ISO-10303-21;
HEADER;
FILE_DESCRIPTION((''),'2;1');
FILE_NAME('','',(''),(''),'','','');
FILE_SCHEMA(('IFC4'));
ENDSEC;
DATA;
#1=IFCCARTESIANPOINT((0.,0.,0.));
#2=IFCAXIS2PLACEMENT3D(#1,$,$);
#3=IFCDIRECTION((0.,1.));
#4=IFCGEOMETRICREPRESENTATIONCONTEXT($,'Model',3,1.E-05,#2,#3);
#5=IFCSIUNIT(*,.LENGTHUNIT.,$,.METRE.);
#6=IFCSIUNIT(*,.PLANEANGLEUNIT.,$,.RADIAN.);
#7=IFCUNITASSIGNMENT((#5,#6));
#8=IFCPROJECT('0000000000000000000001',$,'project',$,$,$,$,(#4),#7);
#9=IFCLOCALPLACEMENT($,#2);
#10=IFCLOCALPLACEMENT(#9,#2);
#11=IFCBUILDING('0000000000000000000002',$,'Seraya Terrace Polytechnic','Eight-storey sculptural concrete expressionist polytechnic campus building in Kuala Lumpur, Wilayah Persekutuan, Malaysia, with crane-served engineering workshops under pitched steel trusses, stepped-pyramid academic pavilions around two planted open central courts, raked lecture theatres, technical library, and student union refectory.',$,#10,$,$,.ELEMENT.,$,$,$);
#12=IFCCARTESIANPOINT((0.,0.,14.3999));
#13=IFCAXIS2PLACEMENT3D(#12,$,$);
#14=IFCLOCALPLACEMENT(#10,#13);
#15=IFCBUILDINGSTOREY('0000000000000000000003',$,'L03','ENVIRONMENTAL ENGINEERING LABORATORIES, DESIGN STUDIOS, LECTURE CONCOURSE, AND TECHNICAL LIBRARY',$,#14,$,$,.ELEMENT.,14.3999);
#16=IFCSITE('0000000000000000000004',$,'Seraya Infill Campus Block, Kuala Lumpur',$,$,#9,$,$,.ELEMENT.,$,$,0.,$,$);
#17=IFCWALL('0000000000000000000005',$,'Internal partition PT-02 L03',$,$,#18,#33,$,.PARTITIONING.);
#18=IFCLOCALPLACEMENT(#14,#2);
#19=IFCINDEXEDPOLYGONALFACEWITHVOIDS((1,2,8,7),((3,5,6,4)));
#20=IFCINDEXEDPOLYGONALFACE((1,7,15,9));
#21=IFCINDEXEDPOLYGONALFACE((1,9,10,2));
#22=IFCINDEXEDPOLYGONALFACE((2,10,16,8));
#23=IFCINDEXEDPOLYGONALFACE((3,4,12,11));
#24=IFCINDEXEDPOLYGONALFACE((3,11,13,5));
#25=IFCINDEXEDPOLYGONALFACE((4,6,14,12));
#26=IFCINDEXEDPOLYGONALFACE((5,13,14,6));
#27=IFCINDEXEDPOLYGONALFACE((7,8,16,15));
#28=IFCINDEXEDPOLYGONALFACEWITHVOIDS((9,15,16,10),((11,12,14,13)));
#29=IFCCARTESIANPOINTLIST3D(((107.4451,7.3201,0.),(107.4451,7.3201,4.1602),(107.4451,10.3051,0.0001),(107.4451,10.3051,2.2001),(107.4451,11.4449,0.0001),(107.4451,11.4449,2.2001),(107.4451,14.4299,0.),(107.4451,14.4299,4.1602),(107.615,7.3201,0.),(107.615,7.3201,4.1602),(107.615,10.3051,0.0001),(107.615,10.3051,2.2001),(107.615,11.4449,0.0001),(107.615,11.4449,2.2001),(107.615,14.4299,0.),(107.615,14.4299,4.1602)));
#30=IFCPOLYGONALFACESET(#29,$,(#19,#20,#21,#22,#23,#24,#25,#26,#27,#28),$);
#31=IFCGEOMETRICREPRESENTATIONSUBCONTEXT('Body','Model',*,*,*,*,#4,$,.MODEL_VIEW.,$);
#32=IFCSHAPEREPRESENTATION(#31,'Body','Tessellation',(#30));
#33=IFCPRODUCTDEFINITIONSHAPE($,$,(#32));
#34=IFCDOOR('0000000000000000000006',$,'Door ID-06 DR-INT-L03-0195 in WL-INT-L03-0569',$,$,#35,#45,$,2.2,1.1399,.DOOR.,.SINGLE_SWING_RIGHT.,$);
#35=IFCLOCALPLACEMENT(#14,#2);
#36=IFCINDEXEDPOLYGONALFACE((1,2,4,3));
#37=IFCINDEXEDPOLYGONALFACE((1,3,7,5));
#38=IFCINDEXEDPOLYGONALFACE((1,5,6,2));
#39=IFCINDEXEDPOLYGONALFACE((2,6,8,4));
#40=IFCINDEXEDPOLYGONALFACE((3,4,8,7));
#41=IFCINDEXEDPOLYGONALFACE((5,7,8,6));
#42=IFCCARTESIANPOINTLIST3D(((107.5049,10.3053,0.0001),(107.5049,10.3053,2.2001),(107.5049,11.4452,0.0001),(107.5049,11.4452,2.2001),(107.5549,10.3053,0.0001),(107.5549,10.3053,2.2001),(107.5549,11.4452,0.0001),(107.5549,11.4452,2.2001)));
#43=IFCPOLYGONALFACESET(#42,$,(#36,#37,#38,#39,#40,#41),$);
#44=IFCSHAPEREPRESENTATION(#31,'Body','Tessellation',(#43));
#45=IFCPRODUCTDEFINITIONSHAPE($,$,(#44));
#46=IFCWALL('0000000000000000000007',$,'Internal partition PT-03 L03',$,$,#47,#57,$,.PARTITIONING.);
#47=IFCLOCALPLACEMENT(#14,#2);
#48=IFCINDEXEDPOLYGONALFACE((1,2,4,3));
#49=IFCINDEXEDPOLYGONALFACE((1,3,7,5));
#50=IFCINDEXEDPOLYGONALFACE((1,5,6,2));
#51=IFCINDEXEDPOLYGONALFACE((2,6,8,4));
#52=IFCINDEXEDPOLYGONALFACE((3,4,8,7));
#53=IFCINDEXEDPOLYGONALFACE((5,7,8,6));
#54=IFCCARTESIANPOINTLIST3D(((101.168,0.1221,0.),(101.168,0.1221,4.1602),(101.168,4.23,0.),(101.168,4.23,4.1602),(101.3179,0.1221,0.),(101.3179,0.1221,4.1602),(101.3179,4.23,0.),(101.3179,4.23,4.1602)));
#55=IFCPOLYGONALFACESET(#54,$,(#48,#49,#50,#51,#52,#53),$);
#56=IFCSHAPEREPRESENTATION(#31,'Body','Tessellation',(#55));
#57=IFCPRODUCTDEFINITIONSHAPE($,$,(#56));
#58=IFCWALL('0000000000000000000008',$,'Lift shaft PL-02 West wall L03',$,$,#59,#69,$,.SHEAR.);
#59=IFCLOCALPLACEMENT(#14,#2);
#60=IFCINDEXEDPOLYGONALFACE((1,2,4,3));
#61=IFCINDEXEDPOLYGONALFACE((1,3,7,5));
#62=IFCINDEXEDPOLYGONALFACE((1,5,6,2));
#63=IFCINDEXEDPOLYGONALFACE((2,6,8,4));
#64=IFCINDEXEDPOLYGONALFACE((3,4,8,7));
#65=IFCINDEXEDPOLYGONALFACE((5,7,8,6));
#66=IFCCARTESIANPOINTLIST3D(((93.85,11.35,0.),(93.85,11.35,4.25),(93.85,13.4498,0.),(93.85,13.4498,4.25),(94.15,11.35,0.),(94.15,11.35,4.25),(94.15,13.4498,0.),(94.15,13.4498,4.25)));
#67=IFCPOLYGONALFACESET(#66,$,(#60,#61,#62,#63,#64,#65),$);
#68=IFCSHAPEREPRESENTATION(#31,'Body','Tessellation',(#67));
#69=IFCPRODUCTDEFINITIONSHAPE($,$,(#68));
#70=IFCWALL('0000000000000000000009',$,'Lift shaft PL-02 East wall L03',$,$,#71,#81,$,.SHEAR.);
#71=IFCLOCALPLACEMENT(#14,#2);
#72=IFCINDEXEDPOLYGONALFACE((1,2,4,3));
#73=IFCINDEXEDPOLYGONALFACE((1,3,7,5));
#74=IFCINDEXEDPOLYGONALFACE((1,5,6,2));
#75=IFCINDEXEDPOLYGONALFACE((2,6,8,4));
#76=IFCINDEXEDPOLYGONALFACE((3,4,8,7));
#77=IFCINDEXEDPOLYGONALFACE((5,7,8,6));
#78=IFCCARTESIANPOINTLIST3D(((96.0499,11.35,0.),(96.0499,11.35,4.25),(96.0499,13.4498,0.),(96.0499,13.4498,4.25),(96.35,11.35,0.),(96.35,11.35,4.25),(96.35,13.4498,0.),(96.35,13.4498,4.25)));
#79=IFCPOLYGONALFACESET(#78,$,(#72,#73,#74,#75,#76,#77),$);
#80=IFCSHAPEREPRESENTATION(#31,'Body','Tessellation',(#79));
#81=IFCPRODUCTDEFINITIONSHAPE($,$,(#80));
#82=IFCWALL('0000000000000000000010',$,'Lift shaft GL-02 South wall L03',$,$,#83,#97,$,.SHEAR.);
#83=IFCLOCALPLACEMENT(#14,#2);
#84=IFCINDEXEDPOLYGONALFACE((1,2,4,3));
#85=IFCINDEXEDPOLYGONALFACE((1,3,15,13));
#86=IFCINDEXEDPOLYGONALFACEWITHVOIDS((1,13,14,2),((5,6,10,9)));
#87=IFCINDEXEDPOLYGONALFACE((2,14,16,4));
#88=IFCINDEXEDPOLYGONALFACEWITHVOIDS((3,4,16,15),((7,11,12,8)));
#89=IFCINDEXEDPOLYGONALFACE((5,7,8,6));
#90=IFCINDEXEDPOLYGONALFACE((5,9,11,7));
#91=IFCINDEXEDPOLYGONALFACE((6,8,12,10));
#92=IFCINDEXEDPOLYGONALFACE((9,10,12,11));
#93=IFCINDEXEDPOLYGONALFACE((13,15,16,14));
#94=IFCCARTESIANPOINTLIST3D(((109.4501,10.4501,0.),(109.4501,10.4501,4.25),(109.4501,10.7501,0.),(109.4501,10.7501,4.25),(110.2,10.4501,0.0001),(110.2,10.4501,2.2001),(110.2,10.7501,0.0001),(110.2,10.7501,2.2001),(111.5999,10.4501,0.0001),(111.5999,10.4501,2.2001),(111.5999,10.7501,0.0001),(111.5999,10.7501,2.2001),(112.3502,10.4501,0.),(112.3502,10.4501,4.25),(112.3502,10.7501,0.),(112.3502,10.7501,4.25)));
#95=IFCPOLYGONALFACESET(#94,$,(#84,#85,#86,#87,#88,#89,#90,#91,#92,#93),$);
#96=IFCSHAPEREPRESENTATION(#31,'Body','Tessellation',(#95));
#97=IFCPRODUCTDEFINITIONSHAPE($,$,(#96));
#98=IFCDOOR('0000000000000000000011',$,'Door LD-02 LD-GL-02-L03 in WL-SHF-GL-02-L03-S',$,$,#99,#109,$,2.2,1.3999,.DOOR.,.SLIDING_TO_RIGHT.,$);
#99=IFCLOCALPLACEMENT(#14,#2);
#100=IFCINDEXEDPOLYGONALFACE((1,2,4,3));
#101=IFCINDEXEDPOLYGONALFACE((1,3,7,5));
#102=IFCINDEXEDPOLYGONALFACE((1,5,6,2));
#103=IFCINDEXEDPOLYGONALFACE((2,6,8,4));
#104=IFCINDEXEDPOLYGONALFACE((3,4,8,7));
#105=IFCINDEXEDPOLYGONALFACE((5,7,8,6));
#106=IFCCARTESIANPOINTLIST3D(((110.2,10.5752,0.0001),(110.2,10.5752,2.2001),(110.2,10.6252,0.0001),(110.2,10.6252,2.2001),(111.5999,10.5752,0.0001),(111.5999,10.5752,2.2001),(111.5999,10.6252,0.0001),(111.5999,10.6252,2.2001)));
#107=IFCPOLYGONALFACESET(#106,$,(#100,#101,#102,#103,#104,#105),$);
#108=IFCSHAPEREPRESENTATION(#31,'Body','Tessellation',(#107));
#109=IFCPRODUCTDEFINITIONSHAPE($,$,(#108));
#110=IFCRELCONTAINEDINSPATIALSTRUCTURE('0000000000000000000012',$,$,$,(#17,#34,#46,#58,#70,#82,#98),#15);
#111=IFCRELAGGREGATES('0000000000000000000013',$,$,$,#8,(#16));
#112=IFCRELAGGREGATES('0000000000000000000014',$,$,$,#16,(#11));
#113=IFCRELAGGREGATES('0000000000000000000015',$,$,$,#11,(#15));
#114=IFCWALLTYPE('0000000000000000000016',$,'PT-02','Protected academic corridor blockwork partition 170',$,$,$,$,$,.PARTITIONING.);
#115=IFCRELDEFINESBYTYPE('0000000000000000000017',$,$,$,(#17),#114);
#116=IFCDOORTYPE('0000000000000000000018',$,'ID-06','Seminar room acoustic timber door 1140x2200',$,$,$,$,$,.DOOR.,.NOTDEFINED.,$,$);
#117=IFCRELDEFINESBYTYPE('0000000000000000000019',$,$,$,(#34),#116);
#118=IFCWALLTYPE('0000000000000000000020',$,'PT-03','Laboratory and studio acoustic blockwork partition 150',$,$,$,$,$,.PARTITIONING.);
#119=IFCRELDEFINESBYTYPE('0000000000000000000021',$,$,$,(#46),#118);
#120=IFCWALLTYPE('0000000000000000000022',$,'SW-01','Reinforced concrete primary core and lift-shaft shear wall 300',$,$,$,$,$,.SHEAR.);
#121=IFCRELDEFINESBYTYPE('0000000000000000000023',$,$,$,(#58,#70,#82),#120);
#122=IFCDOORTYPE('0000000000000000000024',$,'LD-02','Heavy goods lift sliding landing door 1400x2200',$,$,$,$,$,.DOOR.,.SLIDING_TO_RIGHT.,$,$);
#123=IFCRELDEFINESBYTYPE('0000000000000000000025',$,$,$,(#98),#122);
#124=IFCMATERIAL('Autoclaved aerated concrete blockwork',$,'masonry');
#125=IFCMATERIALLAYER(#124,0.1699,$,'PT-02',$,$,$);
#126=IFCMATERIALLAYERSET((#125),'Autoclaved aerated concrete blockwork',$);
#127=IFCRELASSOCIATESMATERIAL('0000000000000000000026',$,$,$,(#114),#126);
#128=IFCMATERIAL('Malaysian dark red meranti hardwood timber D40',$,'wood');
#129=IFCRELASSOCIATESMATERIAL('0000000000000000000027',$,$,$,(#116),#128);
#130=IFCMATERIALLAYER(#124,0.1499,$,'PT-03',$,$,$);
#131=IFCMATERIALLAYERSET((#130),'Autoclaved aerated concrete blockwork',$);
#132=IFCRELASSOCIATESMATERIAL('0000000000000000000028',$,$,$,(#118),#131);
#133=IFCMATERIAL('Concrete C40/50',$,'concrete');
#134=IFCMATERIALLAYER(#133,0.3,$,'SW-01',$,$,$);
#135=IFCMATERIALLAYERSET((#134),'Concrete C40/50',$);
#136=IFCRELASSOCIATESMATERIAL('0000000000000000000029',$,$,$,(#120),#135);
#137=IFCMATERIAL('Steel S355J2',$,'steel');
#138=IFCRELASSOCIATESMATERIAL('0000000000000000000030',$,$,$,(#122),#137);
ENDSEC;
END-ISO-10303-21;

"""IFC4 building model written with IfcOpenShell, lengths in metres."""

from ifc_helpers import new_model, si_unit, direction, frame, frame_2d, origin, place, context, subcontext, project, spatial, rectangle, extrude, material, layer, layer_set, type_object, element, fill, save


model = new_model("IFC4")

# Units and contexts
model_context = context("Model", 3, precision=1e-05, world=origin(), true_north=direction((0.0, 1.0)))
body_context = subcontext(model_context, "Body", "Model", "MODEL_VIEW")
ifc_project = project(units=[si_unit("LENGTHUNIT", "METRE"), si_unit("PLANEANGLEUNIT", "RADIAN")], contexts=[model_context])

# Site, building, storey
site_placement = place(None, origin())
site = spatial("IfcSite", under=ifc_project, at=site_placement, Name="Seraya Infill Campus Block, Kuala Lumpur", CompositionType="ELEMENT", RefElevation=0.0)
building_placement = place(site_placement, origin())
building = spatial("IfcBuilding", under=site, at=building_placement, Name="Seraya Terrace Polytechnic", Description="Eight-storey sculptural concrete expressionist polytechnic campus building in Kuala Lumpur, Wilayah Persekutuan, Malaysia, with crane-served engineering workshops under pitched steel trusses, stepped-pyramid academic pavilions around two planted open central courts, raked lecture theatres, technical library, and student union refectory.", CompositionType="ELEMENT")
storey_placement = place(building_placement, frame((0.0, 0.0, 14.3999)))
storey = spatial("IfcBuildingStorey", under=building, at=storey_placement, Name="L03", Description="ENVIRONMENTAL ENGINEERING LABORATORIES, DESIGN STUDIOS, LECTURE CONCOURSE, AND TECHNICAL LIBRARY", CompositionType="ELEMENT", Elevation=14.3999)

# Shared definitions
ifc_material_1 = material(Name="Concrete C40/50", Category="concrete")

# Shared definitions
ifc_material_2 = material(Name="Autoclaved aerated concrete blockwork", Category="masonry")
ifc_layer_1 = layer(ifc_material_2, 0.1699, Name="PT-02")
ifc_layer_set_1 = layer_set([ifc_layer_1], Name="Autoclaved aerated concrete blockwork")
wall_type_1 = type_object("IfcWallType", Name="PT-02", Description="Protected academic corridor blockwork partition 170", PredefinedType="PARTITIONING", material=ifc_layer_set_1)
ifc_material_3 = material(Name="Malaysian dark red meranti hardwood timber D40", Category="wood")

# Wall, opening, door
wall_1_placement = place(storey_placement, frame((107.53, 7.3201, 0.0), z_axis=(0.0, 0.0, 1.0), x_axis=(0.0, 1.0, 0.0)))
wall_1 = element("IfcWall", 1, at=wall_1_placement, inside=storey, type_object=wall_type_1, Name="Internal partition PT-02 L03", PredefinedType="PARTITIONING", context=body_context, shape_type="SweptSolid", body=[
    extrude(rectangle(XDim=7.1099, YDim=0.1699, at=frame_2d((3.5549, 0.0))), origin(), (0.0, 0.0, 1.0), 4.1602),
])
opening_1_placement = place(wall_1_placement, frame((2.9851, 0.0, 0.0)))
opening_1 = element("IfcOpeningElement", 2, at=opening_1_placement, cuts=wall_1, PredefinedType="OPENING", context=body_context, shape_type="SweptSolid", body=[
    extrude(rectangle(XDim=1.1399, YDim=2.2, at=frame_2d((0.5698, 1.1001))), frame((0.0, 0.0969, 0.0), z_axis=(0.0, -1.0, 0.0), x_axis=(1.0, 0.0, 0.0)), (0.0, 0.0, 1.0), 0.1938),
])
door_type_1 = type_object("IfcDoorType", Name="ID-06", Description="Seminar room acoustic timber door 1140x2200", OperationType="NOTDEFINED", PredefinedType="DOOR", material=ifc_material_3)
door_1_placement = place(opening_1_placement, frame((1.1399, 0.0, 0.0), z_axis=(0.0, 0.0, 1.0), x_axis=(-1.0, 0.0, 0.0)))
door_1 = element("IfcDoor", 3, at=door_1_placement, inside=storey, type_object=door_type_1, Name="Door ID-06 DR-INT-L03-0195 in WL-INT-L03-0569", OperationType="SINGLE_SWING_RIGHT", OverallHeight=2.2, OverallWidth=1.1399, PredefinedType="DOOR", context=body_context, shape_type="SweptSolid", body=[
    extrude(rectangle(XDim=1.1399, YDim=2.2, at=frame_2d((0.5698, 1.1001))), frame((0.0, 0.0249, 0.0), z_axis=(0.0, -1.0, 0.0), x_axis=(1.0, 0.0, 0.0)), (0.0, 0.0, 1.0), 0.05),
])
fill(opening_1, door_1)

# Walls
ifc_layer_2 = layer(ifc_material_2, 0.1499, Name="PT-03")
ifc_layer_set_2 = layer_set([ifc_layer_2], Name="Autoclaved aerated concrete blockwork")
wall_type_2 = type_object("IfcWallType", Name="PT-03", Description="Laboratory and studio acoustic blockwork partition 150", PredefinedType="PARTITIONING", material=ifc_layer_set_2)
wall_2_placement = place(storey_placement, frame((101.2429, 0.1221, 0.0), z_axis=(0.0, 0.0, 1.0), x_axis=(0.0, 1.0, 0.0)))
element("IfcWall", 4, at=wall_2_placement, inside=storey, type_object=wall_type_2, Name="Internal partition PT-03 L03", PredefinedType="PARTITIONING", context=body_context, shape_type="SweptSolid", body=[
    extrude(rectangle(XDim=4.1079, YDim=0.1499, at=frame_2d((2.054, 0.0))), origin(), (0.0, 0.0, 1.0), 4.1602),
])
ifc_layer_3 = layer(ifc_material_1, 0.3, Name="SW-01")
ifc_layer_set_3 = layer_set([ifc_layer_3], Name="Concrete C40/50")
wall_type_3 = type_object("IfcWallType", Name="SW-01", Description="Reinforced concrete primary core and lift-shaft shear wall 300", PredefinedType="SHEAR", material=ifc_layer_set_3)
for number, where, z_axis, x_axis, name in (
    (5, (94.0, 11.3501, 0.0), (0.0, 0.0, 1.0), (0.0, 1.0, 0.0), "Lift shaft PL-02 West wall L03"),
    (6, (96.2, 11.3501, 0.0), (0.0, 0.0, 1.0), (0.0, 1.0, 0.0), "Lift shaft PL-02 East wall L03"),
):
    element("IfcWall", number, at=place(storey_placement, frame(where, z_axis=z_axis, x_axis=x_axis)), inside=storey, type_object=wall_type_3, Name=name, PredefinedType="SHEAR", context=body_context, shape_type="SweptSolid", body=[
        extrude(rectangle(XDim=2.0999, YDim=0.3, at=frame_2d((1.0498, 0.0))), origin(), (0.0, 0.0, 1.0), 4.25),
    ])

# Wall, opening, door
wall_3_placement = place(storey_placement, frame((109.45, 10.6001, 0.0), z_axis=(0.0, 0.0, 1.0), x_axis=(1.0, 0.0, 0.0)))
wall_3 = element("IfcWall", 7, at=wall_3_placement, inside=storey, type_object=wall_type_3, Name="Lift shaft GL-02 South wall L03", PredefinedType="SHEAR", context=body_context, shape_type="SweptSolid", body=[
    extrude(rectangle(XDim=2.9001, YDim=0.3, at=frame_2d((1.4502, 0.0))), origin(), (0.0, 0.0, 1.0), 4.25),
])
opening_2_placement = place(wall_3_placement, frame((0.75, 0.0, 0.0)))
opening_2 = element("IfcOpeningElement", 8, at=opening_2_placement, cuts=wall_3, PredefinedType="OPENING", context=body_context, shape_type="SweptSolid", body=[
    extrude(rectangle(XDim=1.3999, YDim=2.2, at=frame_2d((0.7, 1.1001))), frame((0.0, 0.1621, 0.0), z_axis=(0.0, -1.0, 0.0), x_axis=(1.0, 0.0, 0.0)), (0.0, 0.0, 1.0), 0.324),
])
ifc_material_4 = material(Name="Steel S355J2", Category="steel")
door_type_2 = type_object("IfcDoorType", Name="LD-02", Description="Heavy goods lift sliding landing door 1400x2200", OperationType="SLIDING_TO_RIGHT", PredefinedType="DOOR", material=ifc_material_4)
door_2_placement = place(opening_2_placement, frame((1.3999, 0.0, 0.0), z_axis=(0.0, 0.0, 1.0), x_axis=(-1.0, 0.0, 0.0)))
door_2 = element("IfcDoor", 9, at=door_2_placement, inside=storey, type_object=door_type_2, Name="Door LD-02 LD-GL-02-L03 in WL-SHF-GL-02-L03-S", OperationType="SLIDING_TO_RIGHT", OverallHeight=2.2, OverallWidth=1.3999, PredefinedType="DOOR", context=body_context, shape_type="SweptSolid", body=[
    extrude(rectangle(XDim=1.3999, YDim=2.2, at=frame_2d((0.7, 1.1001))), frame((0.0, 0.0249, 0.0), z_axis=(0.0, -1.0, 0.0), x_axis=(1.0, 0.0, 0.0)), (0.0, 0.0, 1.0), 0.05),
])
fill(opening_2, door_2)

save(model, "model.ifc")
